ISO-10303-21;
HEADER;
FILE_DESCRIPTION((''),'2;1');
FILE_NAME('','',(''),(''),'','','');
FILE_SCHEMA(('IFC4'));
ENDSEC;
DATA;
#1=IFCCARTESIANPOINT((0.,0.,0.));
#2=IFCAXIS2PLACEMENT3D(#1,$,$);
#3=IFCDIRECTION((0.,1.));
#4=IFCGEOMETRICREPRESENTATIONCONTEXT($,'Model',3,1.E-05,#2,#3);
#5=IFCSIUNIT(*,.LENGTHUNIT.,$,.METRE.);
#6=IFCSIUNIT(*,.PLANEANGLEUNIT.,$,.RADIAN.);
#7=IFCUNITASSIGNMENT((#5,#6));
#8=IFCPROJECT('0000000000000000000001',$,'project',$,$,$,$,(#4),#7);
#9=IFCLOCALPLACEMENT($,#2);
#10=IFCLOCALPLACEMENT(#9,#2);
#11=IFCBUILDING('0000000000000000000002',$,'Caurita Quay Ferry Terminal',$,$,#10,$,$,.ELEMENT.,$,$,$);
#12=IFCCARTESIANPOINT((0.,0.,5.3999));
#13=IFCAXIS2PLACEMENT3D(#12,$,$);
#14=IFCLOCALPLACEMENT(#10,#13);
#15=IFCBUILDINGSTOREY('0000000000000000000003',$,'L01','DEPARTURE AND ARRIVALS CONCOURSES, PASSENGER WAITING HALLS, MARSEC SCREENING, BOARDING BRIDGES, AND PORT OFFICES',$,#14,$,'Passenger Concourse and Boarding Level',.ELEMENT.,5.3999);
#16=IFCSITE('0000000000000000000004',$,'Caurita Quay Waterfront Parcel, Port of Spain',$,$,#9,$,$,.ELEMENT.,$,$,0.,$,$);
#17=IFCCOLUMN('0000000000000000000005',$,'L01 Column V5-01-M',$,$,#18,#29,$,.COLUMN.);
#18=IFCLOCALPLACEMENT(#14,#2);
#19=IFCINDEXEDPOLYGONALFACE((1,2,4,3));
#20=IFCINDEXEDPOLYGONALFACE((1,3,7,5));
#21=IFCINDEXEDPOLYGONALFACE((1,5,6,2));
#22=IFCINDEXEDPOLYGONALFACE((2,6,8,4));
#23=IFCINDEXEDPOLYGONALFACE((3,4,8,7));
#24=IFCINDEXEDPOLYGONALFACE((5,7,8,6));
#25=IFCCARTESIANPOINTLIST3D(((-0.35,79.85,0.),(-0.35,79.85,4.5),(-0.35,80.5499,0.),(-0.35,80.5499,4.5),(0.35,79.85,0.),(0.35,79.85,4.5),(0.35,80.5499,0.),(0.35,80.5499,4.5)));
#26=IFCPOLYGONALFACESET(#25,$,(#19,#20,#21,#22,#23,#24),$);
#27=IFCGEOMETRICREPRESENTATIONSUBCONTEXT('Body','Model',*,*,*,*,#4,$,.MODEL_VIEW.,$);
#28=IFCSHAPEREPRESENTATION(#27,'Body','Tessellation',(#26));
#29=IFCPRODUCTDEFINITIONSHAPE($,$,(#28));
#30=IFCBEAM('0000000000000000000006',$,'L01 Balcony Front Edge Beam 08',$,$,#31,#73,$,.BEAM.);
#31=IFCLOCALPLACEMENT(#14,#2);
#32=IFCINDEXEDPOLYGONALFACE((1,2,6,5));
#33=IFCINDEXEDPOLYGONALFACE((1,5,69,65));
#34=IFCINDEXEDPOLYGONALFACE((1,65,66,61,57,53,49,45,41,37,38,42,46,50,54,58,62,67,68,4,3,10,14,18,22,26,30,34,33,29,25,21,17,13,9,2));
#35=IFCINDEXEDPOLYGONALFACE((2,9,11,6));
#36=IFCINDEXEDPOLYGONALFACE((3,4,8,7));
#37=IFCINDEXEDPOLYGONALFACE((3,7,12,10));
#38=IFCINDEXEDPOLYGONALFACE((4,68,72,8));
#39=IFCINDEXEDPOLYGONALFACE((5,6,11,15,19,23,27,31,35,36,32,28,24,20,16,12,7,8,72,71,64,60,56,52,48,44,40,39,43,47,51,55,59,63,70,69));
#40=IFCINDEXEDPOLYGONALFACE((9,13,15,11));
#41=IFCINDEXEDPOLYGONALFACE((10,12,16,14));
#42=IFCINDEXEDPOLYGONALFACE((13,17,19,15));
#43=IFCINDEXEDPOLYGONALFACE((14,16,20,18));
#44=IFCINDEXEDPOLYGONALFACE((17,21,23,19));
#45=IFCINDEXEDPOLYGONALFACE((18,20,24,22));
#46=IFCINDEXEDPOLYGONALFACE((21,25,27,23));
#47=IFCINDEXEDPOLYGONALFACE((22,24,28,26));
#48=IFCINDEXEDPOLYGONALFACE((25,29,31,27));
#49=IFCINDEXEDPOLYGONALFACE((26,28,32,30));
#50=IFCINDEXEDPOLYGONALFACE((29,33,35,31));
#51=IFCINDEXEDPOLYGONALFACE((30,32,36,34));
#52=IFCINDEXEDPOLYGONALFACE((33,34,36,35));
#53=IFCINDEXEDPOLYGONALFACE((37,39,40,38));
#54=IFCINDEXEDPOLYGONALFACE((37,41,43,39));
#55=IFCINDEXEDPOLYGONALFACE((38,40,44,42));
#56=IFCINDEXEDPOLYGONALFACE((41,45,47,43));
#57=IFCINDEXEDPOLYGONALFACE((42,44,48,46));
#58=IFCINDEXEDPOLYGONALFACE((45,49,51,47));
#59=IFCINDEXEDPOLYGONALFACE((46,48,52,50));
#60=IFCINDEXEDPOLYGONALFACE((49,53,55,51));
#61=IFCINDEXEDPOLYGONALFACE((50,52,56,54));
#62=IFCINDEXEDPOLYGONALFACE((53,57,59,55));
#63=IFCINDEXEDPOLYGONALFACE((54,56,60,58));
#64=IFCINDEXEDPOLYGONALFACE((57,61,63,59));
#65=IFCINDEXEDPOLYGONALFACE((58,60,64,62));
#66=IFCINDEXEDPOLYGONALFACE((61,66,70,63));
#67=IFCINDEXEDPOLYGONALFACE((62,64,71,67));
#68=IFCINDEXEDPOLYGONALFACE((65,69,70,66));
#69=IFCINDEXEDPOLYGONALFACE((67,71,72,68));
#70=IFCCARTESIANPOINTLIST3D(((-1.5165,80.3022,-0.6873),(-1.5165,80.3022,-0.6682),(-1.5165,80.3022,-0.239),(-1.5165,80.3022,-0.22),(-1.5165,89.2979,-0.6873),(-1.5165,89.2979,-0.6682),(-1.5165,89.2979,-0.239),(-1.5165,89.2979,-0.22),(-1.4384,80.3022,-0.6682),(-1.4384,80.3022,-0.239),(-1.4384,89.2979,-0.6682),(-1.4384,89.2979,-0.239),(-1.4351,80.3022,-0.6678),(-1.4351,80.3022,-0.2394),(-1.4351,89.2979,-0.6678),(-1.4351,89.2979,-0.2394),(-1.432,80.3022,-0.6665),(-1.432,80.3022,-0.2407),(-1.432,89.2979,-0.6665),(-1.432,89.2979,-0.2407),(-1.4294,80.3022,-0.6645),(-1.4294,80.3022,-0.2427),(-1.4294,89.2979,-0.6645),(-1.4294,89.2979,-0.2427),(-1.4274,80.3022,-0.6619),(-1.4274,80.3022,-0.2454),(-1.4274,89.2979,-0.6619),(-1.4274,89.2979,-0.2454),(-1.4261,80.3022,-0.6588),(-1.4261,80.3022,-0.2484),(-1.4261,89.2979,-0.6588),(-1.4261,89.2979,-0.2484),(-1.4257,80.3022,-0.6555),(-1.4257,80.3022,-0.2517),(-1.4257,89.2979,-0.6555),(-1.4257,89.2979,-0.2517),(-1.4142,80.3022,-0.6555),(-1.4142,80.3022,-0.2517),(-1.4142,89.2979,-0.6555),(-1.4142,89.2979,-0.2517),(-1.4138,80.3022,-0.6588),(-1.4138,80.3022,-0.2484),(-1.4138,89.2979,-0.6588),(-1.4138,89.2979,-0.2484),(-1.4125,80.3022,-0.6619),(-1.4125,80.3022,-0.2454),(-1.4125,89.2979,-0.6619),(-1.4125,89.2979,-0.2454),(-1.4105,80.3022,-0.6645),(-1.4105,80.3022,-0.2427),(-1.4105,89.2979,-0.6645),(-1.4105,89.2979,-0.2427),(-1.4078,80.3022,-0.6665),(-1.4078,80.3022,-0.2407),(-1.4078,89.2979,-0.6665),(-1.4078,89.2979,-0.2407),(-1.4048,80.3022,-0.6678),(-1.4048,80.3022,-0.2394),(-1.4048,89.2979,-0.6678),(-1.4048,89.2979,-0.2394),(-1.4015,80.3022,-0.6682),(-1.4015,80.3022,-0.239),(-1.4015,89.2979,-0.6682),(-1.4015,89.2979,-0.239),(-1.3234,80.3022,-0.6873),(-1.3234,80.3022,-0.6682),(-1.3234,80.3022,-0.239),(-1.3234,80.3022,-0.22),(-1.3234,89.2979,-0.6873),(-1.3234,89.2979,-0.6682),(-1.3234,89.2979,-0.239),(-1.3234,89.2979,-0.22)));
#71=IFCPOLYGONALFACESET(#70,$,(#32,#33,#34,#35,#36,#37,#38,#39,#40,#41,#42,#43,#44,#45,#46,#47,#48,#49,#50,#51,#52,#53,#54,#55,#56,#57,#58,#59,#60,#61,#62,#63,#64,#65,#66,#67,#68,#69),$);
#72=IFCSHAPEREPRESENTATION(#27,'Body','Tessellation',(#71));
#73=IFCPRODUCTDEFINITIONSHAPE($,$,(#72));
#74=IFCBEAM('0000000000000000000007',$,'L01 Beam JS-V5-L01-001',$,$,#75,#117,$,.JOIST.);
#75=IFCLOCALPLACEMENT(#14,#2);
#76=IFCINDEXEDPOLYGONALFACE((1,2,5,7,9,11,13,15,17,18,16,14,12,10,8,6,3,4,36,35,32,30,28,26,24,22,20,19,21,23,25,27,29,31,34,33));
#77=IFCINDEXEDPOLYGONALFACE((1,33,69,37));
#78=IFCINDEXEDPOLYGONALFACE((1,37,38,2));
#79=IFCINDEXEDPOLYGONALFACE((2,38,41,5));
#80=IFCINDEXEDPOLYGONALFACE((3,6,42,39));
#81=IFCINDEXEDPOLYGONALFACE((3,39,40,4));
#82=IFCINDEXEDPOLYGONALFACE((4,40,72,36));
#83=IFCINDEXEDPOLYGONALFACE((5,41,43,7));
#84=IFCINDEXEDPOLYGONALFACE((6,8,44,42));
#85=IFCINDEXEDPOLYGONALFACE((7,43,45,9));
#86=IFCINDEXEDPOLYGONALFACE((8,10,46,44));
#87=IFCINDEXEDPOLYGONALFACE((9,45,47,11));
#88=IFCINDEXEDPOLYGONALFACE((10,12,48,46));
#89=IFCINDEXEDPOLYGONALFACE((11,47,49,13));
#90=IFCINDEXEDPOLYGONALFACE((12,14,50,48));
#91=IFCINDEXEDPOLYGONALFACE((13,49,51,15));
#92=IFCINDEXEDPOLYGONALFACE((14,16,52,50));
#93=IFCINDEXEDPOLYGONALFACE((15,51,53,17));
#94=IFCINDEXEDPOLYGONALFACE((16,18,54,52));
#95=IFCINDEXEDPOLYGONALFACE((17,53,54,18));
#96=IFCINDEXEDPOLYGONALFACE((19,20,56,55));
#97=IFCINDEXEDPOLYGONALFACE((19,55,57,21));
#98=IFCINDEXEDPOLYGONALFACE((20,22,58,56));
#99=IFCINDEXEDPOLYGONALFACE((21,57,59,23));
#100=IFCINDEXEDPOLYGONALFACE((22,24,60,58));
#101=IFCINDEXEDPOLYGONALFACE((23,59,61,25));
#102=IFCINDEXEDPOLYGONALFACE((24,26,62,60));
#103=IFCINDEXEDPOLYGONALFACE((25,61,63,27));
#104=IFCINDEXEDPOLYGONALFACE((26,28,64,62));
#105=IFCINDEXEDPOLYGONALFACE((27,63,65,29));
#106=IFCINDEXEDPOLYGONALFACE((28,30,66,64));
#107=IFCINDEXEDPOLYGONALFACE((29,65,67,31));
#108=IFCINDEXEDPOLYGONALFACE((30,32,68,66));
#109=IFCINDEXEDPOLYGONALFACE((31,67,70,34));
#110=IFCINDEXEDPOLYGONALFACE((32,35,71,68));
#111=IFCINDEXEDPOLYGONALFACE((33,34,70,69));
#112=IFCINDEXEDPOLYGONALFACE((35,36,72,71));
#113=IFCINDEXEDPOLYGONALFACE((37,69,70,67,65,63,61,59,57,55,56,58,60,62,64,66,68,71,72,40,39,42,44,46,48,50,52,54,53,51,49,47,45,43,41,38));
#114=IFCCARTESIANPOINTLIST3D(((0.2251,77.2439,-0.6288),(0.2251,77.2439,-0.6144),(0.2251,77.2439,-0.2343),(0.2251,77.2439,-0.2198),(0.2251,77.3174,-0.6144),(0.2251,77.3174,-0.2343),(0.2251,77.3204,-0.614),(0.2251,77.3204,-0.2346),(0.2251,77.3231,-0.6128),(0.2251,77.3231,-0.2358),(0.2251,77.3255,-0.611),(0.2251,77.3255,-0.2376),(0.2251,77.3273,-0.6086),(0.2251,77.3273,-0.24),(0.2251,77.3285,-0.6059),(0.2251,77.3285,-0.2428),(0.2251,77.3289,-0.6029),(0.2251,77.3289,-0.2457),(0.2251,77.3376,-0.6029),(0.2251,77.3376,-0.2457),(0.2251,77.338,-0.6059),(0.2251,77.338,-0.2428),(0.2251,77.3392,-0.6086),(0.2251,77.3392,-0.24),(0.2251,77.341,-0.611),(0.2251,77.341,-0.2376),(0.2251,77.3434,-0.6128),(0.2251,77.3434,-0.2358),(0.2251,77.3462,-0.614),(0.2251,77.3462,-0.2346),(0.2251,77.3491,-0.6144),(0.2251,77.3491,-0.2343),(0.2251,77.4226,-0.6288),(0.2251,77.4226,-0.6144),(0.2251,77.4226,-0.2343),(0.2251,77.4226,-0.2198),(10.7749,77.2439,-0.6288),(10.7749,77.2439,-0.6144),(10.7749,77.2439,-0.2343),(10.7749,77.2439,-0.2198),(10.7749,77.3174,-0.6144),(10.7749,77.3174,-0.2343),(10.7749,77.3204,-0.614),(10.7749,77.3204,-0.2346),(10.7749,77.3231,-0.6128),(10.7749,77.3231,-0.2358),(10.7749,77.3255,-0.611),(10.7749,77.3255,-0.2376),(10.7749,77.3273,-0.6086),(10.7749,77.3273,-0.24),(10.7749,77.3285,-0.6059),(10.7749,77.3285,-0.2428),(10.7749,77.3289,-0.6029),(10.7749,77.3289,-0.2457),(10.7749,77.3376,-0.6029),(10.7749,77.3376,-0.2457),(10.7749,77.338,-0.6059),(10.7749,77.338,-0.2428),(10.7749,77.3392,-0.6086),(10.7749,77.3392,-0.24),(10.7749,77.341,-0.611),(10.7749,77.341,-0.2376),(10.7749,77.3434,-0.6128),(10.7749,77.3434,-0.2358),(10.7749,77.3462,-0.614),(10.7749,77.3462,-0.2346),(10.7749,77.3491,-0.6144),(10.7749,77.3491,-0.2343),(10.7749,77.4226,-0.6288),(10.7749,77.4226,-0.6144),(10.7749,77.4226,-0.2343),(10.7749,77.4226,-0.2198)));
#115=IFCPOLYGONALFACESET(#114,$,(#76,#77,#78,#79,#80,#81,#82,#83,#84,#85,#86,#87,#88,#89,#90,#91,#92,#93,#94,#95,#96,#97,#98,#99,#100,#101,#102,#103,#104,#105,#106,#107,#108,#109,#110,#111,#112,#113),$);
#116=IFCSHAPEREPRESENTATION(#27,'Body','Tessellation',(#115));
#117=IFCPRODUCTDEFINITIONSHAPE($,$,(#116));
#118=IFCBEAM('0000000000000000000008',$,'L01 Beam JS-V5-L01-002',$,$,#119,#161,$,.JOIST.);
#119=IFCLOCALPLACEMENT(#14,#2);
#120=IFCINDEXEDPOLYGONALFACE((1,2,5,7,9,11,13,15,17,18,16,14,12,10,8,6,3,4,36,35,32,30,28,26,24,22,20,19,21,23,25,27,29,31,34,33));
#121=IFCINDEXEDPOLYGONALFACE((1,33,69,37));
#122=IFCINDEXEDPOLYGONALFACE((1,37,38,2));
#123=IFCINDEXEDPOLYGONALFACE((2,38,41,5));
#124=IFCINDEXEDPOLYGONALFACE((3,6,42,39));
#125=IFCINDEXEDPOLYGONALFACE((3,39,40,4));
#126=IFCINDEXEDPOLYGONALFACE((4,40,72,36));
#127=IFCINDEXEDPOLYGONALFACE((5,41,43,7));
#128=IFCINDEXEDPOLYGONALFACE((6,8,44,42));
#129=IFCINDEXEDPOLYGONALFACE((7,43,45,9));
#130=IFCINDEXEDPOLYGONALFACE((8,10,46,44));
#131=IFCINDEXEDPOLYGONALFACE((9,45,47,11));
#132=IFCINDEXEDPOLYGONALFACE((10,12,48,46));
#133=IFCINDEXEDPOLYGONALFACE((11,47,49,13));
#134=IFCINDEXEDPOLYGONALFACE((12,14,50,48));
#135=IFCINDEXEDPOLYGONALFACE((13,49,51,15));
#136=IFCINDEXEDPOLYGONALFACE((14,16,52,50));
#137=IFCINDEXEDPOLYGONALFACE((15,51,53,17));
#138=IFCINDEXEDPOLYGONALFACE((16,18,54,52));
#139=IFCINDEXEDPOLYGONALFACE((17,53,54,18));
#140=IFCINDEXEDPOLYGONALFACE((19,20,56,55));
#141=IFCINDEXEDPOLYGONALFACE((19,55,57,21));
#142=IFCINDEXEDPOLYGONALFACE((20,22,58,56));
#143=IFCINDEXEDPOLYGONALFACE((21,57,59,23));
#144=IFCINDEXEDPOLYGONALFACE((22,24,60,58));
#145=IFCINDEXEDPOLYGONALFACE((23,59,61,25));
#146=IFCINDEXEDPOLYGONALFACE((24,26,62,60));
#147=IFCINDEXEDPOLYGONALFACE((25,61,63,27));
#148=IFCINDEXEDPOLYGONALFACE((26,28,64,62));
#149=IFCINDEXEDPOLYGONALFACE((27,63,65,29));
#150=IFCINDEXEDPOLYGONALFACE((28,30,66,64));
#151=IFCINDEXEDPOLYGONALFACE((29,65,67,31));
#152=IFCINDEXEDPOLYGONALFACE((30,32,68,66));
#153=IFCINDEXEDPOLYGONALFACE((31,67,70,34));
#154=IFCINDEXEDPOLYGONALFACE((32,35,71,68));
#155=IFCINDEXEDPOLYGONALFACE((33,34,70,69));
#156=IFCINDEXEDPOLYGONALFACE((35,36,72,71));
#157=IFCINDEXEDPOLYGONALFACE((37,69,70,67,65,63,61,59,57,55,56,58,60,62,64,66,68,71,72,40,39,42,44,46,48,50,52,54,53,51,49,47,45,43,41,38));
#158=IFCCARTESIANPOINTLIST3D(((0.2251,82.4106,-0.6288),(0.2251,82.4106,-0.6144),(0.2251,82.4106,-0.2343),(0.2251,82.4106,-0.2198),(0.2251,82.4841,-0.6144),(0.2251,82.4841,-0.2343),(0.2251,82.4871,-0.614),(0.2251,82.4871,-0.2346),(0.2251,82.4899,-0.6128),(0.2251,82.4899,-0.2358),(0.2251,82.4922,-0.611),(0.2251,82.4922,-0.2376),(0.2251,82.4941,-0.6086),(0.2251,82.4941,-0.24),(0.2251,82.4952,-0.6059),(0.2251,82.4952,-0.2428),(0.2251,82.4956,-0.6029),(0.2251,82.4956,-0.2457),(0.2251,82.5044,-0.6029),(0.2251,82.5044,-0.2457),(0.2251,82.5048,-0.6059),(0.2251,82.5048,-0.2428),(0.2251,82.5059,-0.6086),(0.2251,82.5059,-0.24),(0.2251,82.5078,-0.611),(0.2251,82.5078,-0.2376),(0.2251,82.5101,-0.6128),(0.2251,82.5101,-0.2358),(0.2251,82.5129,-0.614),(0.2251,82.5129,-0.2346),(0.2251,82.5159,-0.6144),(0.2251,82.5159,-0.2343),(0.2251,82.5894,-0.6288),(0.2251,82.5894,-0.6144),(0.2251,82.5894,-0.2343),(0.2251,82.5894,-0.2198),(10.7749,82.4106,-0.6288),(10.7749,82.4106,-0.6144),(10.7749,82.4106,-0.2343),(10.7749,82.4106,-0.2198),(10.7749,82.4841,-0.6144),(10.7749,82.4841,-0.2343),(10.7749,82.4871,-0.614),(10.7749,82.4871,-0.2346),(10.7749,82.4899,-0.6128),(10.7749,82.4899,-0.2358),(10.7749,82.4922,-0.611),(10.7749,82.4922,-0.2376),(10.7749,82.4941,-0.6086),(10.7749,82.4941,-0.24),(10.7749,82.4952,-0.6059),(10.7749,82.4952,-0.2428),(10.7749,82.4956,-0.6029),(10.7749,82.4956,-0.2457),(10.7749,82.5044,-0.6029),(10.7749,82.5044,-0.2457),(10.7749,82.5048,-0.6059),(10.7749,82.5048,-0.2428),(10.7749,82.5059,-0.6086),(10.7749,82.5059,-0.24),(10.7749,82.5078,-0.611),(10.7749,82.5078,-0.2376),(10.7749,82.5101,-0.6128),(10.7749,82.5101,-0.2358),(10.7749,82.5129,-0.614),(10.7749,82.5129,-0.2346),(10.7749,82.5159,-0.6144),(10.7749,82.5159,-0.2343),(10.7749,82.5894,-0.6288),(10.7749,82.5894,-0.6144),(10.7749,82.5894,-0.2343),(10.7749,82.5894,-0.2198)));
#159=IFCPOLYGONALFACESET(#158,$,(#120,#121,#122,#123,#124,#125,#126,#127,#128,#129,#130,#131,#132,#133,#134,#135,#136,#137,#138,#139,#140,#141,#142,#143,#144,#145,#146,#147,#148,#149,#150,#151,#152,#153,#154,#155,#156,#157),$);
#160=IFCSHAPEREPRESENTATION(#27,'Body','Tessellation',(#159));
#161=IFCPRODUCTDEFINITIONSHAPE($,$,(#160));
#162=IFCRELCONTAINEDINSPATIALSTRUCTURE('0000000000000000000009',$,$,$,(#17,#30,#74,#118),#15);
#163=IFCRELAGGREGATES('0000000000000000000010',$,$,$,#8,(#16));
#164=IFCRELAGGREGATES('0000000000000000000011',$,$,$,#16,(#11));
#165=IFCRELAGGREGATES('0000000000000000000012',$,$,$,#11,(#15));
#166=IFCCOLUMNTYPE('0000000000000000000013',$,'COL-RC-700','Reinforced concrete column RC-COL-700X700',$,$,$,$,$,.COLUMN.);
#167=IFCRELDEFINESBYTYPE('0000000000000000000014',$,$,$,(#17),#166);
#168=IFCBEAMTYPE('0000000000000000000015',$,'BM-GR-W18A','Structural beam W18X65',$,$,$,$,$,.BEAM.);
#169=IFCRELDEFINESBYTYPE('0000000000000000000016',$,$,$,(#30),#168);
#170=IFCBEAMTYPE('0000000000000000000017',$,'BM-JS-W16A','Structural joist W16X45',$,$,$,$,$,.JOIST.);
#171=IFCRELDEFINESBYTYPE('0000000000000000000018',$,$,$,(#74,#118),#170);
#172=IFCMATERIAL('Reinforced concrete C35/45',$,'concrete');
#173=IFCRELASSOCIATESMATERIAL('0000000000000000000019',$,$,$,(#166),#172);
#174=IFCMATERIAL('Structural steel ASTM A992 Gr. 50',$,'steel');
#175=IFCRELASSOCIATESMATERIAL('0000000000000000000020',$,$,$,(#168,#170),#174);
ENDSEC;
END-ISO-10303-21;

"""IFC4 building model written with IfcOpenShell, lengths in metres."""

from ifc_helpers import new_model, si_unit, direction, frame, origin, origin_2d, place, context, subcontext, project, spatial, rectangle, i_section, extrude, material, material_profile, profile_set, type_object, element, save


model = new_model("IFC4")

# Units and contexts
model_context = context("Model", 3, precision=1e-05, world=origin(), true_north=direction((0.0, 1.0)))
body_context = subcontext(model_context, "Body", "Model", "MODEL_VIEW")
ifc_project = project(units=[si_unit("LENGTHUNIT", "METRE"), si_unit("PLANEANGLEUNIT", "RADIAN")], contexts=[model_context])

# Site, building, storey
site_placement = place(None, origin())
site = spatial("IfcSite", under=ifc_project, at=site_placement, Name="Caurita Quay Waterfront Parcel, Port of Spain", CompositionType="ELEMENT", RefElevation=0.0)
building_placement = place(site_placement, origin())
building = spatial("IfcBuilding", under=site, at=building_placement, Name="Caurita Quay Ferry Terminal", CompositionType="ELEMENT")
storey_placement = place(building_placement, frame((0.0, 0.0, 5.3999)))
storey = spatial("IfcBuildingStorey", under=building, at=storey_placement, Name="L01", Description="DEPARTURE AND ARRIVALS CONCOURSES, PASSENGER WAITING HALLS, MARSEC SCREENING, BOARDING BRIDGES, AND PORT OFFICES", LongName="Passenger Concourse and Boarding Level", CompositionType="ELEMENT", Elevation=5.3999)

# Column
ifc_material_1 = material(Name="Reinforced concrete C35/45", Category="concrete")
ifc_material_profile_1 = material_profile(ifc_material_1, rectangle(XDim=0.7, YDim=0.7, at=origin_2d()), Name="RC-COL-700X700")
ifc_profile_set_1 = profile_set([ifc_material_profile_1], Name="Reinforced concrete C35/45")
column_type = type_object("IfcColumnType", Name="COL-RC-700", Description="Reinforced concrete column RC-COL-700X700", PredefinedType="COLUMN", material=ifc_profile_set_1)
column_placement = place(storey_placement, frame((0.0, 80.2, 0.0), z_axis=(0.0, 0.0, 1.0), x_axis=(1.0, 0.0, 0.0)))
element("IfcColumn", 1, at=column_placement, inside=storey, type_object=column_type, Name="L01 Column V5-01-M", PredefinedType="COLUMN", context=body_context, shape_type="SweptSolid", body=[
    extrude(rectangle(XDim=0.7, YDim=0.7, at=origin_2d()), origin(), (0.0, 0.0, 1.0), 4.5),
])

# Beams
ifc_material_2 = material(Name="Structural steel ASTM A992 Gr. 50", Category="steel")
ifc_material_profile_2 = material_profile(ifc_material_2, i_section(OverallWidth=0.1931, OverallDepth=0.4673, WebThickness=0.0115, FlangeThickness=0.019, FilletRadius=0.0127, at=origin_2d()), Name="W18X65")
ifc_profile_set_2 = profile_set([ifc_material_profile_2], Name="Structural steel ASTM A992 Gr. 50")
beam_type_1 = type_object("IfcBeamType", Name="BM-GR-W18A", Description="Structural beam W18X65", PredefinedType="BEAM", material=ifc_profile_set_2)
beam_1_placement = place(storey_placement, frame((-1.4199, 80.3022, -0.4536), z_axis=(0.0, 1.0, 0.0), x_axis=(-1.0, 0.0, 0.0)))
element("IfcBeam", 2, at=beam_1_placement, inside=storey, type_object=beam_type_1, Name="L01 Balcony Front Edge Beam 08", PredefinedType="BEAM", context=body_context, shape_type="SweptSolid", body=[
    extrude(i_section(OverallWidth=0.1931, OverallDepth=0.4673, WebThickness=0.0115, FlangeThickness=0.019, FilletRadius=0.0127, at=origin_2d()), origin(), (0.0, 0.0, 1.0), 8.9956),
])
ifc_material_profile_3 = material_profile(ifc_material_2, i_section(OverallWidth=0.1787, OverallDepth=0.4089, WebThickness=0.0088, FlangeThickness=0.0144, FilletRadius=0.0115, at=origin_2d()), Name="W16X45")
ifc_profile_set_3 = profile_set([ifc_material_profile_3], Name="Structural steel ASTM A992 Gr. 50")
beam_type_2 = type_object("IfcBeamType", Name="BM-JS-W16A", Description="Structural joist W16X45", PredefinedType="JOIST", material=ifc_profile_set_3)
for number, where, z_axis, x_axis, name in (
    (3, (0.2251, 77.3333, -0.4243), (1.0, 0.0, 0.0), (0.0, 1.0, 0.0), "L01 Beam JS-V5-L01-001"),
    (4, (0.2251, 82.5, -0.4243), (1.0, 0.0, 0.0), (0.0, 1.0, 0.0), "L01 Beam JS-V5-L01-002"),
):
    element("IfcBeam", number, at=place(storey_placement, frame(where, z_axis=z_axis, x_axis=x_axis)), inside=storey, type_object=beam_type_2, Name=name, PredefinedType="JOIST", context=body_context, shape_type="SweptSolid", body=[
        extrude(i_section(OverallWidth=0.1787, OverallDepth=0.4089, WebThickness=0.0088, FlangeThickness=0.0144, FilletRadius=0.0115, at=origin_2d()), origin(), (0.0, 0.0, 1.0), 10.5498),
    ])

save(model, "model.ifc")
